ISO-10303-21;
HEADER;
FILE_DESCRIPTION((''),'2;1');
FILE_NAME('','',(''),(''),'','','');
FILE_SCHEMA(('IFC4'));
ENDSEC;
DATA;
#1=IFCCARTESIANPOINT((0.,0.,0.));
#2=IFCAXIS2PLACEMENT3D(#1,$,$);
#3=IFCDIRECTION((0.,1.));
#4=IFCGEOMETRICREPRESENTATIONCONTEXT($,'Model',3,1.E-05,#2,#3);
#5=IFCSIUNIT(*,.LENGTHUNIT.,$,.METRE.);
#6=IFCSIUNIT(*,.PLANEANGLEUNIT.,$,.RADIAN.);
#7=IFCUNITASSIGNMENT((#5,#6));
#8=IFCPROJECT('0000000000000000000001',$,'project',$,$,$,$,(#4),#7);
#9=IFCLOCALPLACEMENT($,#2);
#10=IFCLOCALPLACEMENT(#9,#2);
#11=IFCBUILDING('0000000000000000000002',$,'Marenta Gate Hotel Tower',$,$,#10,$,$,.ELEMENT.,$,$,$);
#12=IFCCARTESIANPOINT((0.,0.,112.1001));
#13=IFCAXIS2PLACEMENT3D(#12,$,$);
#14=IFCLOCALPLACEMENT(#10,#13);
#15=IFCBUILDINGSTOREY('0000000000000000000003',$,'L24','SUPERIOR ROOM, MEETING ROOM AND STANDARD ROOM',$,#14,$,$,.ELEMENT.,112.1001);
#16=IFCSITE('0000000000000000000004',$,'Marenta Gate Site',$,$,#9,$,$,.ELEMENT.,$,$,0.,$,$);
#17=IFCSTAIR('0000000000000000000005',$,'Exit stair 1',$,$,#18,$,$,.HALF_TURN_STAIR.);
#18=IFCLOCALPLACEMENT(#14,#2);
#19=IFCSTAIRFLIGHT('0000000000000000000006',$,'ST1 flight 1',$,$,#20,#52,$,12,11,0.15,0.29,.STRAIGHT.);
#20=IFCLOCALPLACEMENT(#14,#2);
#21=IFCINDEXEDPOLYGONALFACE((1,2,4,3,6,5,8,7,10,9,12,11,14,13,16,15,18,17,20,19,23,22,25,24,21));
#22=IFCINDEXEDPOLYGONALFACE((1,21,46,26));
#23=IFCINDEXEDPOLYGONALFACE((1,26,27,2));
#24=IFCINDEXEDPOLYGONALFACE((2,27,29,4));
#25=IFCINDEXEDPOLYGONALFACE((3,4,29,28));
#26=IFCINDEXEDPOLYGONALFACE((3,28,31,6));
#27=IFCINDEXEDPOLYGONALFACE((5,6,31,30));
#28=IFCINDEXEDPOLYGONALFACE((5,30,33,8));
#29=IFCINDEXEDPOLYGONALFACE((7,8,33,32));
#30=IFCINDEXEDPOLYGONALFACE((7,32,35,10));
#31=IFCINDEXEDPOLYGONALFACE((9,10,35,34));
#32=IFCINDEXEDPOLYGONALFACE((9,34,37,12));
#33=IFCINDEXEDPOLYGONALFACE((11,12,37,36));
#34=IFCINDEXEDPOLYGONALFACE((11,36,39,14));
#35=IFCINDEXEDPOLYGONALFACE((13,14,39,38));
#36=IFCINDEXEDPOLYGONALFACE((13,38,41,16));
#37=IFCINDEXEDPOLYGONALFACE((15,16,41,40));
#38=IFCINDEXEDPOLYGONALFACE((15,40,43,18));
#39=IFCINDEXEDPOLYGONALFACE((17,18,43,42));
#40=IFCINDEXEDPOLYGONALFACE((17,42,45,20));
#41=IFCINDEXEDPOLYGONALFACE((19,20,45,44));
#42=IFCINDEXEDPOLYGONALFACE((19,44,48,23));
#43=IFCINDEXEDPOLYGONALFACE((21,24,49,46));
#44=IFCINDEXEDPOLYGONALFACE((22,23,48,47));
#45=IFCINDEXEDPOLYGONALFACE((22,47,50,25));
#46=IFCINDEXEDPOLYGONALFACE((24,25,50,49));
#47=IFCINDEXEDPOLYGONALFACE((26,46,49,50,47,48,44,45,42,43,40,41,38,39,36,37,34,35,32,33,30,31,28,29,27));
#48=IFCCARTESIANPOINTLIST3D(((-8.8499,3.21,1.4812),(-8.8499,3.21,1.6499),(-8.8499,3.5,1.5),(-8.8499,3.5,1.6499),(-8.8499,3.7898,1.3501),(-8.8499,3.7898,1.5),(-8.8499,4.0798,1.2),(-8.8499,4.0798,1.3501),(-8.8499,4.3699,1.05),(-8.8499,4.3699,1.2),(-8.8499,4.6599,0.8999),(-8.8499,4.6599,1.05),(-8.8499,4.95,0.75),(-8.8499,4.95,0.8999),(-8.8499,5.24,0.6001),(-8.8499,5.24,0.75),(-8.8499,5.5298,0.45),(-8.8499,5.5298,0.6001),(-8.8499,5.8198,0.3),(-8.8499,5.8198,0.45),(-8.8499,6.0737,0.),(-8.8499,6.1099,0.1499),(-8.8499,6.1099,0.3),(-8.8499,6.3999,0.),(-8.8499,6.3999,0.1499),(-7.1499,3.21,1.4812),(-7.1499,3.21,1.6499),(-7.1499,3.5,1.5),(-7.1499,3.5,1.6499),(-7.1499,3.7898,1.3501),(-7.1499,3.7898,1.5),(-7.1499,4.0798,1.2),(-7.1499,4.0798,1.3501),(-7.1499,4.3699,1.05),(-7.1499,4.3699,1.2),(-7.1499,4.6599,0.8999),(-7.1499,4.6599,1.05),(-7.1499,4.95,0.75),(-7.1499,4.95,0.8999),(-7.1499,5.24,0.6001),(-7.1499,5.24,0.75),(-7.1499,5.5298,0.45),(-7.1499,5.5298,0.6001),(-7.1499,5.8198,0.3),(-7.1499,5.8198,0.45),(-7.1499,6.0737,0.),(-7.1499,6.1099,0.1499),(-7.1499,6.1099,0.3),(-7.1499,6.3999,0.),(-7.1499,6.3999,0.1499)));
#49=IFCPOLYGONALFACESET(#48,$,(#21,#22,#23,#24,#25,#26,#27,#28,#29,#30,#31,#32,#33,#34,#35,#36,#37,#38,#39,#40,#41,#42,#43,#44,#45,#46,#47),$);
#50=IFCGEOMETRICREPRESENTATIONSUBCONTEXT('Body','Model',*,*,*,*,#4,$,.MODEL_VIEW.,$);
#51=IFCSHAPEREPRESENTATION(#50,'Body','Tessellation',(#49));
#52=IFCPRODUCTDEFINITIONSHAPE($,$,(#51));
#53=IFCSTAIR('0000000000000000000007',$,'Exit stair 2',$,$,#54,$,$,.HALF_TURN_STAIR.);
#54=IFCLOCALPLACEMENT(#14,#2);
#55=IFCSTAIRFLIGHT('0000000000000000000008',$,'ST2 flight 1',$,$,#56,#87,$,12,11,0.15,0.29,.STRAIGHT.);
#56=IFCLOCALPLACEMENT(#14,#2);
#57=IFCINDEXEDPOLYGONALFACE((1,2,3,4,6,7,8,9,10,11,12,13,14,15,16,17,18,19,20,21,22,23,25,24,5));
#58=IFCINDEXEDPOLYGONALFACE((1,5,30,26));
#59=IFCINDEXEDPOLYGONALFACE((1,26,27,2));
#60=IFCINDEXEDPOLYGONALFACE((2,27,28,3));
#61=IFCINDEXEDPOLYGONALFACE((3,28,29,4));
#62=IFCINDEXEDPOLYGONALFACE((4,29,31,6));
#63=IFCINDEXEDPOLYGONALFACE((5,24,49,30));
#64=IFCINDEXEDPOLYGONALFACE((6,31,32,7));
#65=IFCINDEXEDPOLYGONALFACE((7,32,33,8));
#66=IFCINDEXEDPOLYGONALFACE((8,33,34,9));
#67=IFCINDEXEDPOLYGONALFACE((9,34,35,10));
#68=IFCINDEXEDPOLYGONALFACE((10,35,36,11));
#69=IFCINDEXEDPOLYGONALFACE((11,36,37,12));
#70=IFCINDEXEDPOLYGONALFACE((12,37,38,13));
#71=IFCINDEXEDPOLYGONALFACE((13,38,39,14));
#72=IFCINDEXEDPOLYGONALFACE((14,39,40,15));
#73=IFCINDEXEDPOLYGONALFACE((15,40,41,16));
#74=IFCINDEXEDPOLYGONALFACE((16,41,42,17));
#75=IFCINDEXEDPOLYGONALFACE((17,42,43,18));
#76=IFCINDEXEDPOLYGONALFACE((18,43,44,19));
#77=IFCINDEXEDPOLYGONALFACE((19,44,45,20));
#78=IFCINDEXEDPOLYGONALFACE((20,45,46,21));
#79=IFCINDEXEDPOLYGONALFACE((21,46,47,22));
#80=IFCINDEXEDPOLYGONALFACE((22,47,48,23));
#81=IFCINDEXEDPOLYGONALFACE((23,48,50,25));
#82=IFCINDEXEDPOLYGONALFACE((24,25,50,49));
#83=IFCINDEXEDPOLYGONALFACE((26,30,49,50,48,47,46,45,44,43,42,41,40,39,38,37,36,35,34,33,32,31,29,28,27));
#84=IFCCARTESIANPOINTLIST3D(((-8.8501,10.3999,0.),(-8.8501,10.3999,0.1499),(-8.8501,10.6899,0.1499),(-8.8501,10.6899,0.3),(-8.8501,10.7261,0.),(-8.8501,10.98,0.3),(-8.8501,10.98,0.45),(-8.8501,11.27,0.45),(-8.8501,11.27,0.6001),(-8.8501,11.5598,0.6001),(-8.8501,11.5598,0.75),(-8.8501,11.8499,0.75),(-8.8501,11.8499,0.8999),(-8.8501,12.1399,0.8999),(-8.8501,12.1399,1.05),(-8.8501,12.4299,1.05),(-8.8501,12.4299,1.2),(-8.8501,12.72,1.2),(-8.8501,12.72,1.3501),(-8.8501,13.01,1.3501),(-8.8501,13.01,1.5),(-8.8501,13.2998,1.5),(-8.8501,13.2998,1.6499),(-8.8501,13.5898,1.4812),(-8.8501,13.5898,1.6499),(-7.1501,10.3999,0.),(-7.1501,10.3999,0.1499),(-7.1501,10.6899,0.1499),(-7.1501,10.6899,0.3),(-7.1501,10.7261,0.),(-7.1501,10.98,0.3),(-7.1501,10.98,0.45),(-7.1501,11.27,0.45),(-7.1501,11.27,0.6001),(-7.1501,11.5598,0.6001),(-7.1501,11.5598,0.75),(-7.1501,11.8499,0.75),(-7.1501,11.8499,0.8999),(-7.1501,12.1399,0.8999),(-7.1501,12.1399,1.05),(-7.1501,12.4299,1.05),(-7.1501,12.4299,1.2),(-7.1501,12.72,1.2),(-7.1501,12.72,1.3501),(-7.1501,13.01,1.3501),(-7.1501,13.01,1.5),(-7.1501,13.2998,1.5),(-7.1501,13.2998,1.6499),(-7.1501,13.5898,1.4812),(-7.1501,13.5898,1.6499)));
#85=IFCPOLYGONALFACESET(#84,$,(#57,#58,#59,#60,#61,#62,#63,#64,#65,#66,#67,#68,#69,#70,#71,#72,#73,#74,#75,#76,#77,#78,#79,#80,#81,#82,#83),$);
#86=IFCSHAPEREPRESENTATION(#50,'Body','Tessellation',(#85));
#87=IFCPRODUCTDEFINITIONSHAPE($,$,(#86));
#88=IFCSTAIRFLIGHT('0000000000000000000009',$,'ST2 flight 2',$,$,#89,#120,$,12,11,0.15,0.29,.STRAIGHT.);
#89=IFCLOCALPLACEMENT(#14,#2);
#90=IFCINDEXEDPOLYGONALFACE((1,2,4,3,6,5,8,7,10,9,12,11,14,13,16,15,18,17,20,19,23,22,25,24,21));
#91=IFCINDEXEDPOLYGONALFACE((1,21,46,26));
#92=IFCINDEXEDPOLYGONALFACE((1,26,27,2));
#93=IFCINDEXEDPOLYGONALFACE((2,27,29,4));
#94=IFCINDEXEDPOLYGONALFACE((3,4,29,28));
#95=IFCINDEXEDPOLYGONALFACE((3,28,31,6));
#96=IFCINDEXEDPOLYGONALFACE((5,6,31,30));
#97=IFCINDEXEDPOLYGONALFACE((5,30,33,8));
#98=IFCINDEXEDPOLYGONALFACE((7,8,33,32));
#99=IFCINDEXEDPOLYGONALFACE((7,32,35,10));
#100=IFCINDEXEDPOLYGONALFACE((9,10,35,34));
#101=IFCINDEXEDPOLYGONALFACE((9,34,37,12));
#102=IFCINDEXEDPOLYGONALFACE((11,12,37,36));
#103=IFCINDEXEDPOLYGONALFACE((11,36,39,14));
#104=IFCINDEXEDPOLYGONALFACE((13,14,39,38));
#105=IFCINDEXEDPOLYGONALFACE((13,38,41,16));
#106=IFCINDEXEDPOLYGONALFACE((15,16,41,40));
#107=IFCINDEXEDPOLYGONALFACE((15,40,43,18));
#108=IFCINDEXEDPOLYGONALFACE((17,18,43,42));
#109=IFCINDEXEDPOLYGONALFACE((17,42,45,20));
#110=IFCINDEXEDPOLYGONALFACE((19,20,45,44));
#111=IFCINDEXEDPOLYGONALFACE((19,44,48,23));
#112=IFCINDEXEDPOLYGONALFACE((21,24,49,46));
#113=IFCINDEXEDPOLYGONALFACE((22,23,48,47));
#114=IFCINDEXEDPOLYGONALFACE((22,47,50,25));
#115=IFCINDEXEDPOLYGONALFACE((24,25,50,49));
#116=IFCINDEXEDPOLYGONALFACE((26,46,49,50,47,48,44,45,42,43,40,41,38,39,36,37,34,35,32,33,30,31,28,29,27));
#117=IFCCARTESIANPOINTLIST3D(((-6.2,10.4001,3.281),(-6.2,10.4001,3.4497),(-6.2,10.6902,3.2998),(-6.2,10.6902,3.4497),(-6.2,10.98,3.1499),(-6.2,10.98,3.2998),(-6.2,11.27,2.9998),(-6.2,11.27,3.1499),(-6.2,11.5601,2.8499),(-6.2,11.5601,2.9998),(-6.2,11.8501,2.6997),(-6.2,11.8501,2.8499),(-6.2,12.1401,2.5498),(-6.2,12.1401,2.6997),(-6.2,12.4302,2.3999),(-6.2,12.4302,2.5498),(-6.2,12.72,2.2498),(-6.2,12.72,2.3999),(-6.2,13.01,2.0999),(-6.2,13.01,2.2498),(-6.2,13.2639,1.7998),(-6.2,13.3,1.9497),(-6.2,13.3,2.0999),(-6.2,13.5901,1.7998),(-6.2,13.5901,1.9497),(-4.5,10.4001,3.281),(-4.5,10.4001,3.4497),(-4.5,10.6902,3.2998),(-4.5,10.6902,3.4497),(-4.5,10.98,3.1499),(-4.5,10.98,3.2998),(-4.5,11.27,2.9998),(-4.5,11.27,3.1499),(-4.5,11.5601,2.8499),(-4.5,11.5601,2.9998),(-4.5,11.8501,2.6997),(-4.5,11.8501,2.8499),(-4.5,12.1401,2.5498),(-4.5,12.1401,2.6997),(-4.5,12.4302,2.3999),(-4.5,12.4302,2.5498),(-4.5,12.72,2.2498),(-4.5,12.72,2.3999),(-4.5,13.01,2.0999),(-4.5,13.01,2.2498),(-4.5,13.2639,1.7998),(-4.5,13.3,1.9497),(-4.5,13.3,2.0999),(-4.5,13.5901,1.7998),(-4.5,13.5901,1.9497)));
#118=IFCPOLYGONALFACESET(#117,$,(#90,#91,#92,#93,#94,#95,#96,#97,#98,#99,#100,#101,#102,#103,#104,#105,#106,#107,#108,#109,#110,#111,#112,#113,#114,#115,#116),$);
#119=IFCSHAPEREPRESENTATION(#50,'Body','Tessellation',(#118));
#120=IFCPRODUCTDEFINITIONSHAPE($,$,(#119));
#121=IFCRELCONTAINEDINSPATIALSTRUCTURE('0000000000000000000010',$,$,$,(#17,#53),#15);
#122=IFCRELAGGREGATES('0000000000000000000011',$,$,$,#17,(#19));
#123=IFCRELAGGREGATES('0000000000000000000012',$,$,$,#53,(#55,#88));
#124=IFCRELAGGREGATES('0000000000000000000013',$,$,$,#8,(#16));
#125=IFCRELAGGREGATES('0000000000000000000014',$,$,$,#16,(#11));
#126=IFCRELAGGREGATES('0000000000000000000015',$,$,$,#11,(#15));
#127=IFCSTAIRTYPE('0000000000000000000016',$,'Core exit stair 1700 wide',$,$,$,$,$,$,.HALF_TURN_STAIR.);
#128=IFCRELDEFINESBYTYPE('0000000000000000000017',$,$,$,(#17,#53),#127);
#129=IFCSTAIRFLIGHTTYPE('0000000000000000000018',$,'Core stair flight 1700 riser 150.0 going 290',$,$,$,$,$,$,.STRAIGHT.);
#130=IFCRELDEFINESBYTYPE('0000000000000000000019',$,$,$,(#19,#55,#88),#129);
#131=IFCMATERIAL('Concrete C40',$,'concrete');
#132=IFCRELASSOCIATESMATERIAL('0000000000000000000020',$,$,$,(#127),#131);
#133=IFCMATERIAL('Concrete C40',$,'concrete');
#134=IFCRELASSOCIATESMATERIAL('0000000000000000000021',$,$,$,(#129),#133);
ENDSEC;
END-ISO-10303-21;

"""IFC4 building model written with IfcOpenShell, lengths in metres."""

from ifc_helpers import new_model, si_unit, direction, frame, origin, place, context, subcontext, project, spatial, polyline, outline, extrude, material, type_object, element, aggregate, save


model = new_model("IFC4")

# Units and contexts
model_context = context("Model", 3, precision=1e-05, world=origin(), true_north=direction((0.0, 1.0)))
body_context = subcontext(model_context, "Body", "Model", "MODEL_VIEW")
ifc_project = project(units=[si_unit("LENGTHUNIT", "METRE"), si_unit("PLANEANGLEUNIT", "RADIAN")], contexts=[model_context])

# Site, building, storey
site_placement = place(None, origin())
site = spatial("IfcSite", under=ifc_project, at=site_placement, Name="Marenta Gate Site", CompositionType="ELEMENT", RefElevation=0.0)
building_placement = place(site_placement, origin())
building = spatial("IfcBuilding", under=site, at=building_placement, Name="Marenta Gate Hotel Tower", CompositionType="ELEMENT")
storey_placement = place(building_placement, frame((0.0, 0.0, 112.1001)))
storey = spatial("IfcBuildingStorey", under=building, at=storey_placement, Name="L24", Description="SUPERIOR ROOM, MEETING ROOM AND STANDARD ROOM", CompositionType="ELEMENT", Elevation=112.1001)

# Stair, stair flight
ifc_material_1 = material(Name="Concrete C40", Category="concrete")
stair_type = type_object("IfcStairType", Name="Core exit stair 1700 wide", PredefinedType="HALF_TURN_STAIR", material=ifc_material_1)
stair_1_placement = place(storey_placement, origin())
stair_1 = element("IfcStair", 1, at=stair_1_placement, inside=storey, type_object=stair_type, Name="Exit stair 1", PredefinedType="HALF_TURN_STAIR")
ifc_material_2 = material(Name="Concrete C40", Category="concrete")
stair_flight_type = type_object("IfcStairFlightType", Name="Core stair flight 1700 riser 150.0 going 290", PredefinedType="STRAIGHT", material=ifc_material_2)
stair_flight_1_placement = place(storey_placement, frame((-8.0, 6.3999, 0.0), z_axis=(0.0, 0.0, 1.0), x_axis=(0.0, -1.0, 0.0)))
stair_flight_1 = element("IfcStairFlight", 2, at=stair_flight_1_placement, type_object=stair_flight_type, Name="ST1 flight 1", NumberOfRisers=12, NumberOfTreads=11, PredefinedType="STRAIGHT", RiserHeight=0.15, TreadLength=0.29, context=body_context, shape_type="SweptSolid", body=[
    extrude(outline(polyline([(0.0, 0.0), (0.0, 0.1499), (0.29, 0.1499), (0.29, 0.3), (0.5801, 0.3), (0.5801, 0.45), (0.8701, 0.45), (0.8701, 0.6001), (1.1599, 0.6001), (1.1599, 0.75), (1.45, 0.75), (1.45, 0.8999), (1.74, 0.8999), (1.74, 1.05), (2.03, 1.05), (2.03, 1.2), (2.3201, 1.2), (2.3201, 1.3501), (2.6101, 1.3501), (2.6101, 1.5), (2.8999, 1.5), (2.8999, 1.6499), (3.1899, 1.6499), (3.1899, 1.8), (3.1899, 1.4812), (0.3262, 0.0), (0.0, 0.0)])), frame((0.0, 0.8501, 0.0), z_axis=(0.0, -1.0, 0.0), x_axis=(1.0, 0.0, 0.0)), (0.0, 0.0, 1.0), 1.7),
])
aggregate(stair_1, [stair_flight_1])

# Stair, stair flights
stair_2_placement = place(storey_placement, origin())
stair_2 = element("IfcStair", 3, at=stair_2_placement, inside=storey, type_object=stair_type, Name="Exit stair 2", PredefinedType="HALF_TURN_STAIR")
stair_flight_2_placement = place(storey_placement, frame((-8.0, 10.3999, 0.0), z_axis=(0.0, 0.0, 1.0), x_axis=(0.0, 1.0, 0.0)))
stair_flight_2 = element("IfcStairFlight", 4, at=stair_flight_2_placement, type_object=stair_flight_type, Name="ST2 flight 1", NumberOfRisers=12, NumberOfTreads=11, PredefinedType="STRAIGHT", RiserHeight=0.15, TreadLength=0.29, context=body_context, shape_type="SweptSolid", body=[
    extrude(outline(polyline([(0.0, 0.0), (0.0, 0.1499), (0.29, 0.1499), (0.29, 0.3), (0.5801, 0.3), (0.5801, 0.45), (0.8701, 0.45), (0.8701, 0.6001), (1.1599, 0.6001), (1.1599, 0.75), (1.45, 0.75), (1.45, 0.8999), (1.74, 0.8999), (1.74, 1.05), (2.03, 1.05), (2.03, 1.2), (2.3201, 1.2), (2.3201, 1.3501), (2.6101, 1.3501), (2.6101, 1.5), (2.8999, 1.5), (2.8999, 1.6499), (3.1899, 1.6499), (3.1899, 1.8), (3.1899, 1.4812), (0.3262, 0.0), (0.0, 0.0)])), frame((0.0, 0.8501, 0.0), z_axis=(0.0, -1.0, 0.0), x_axis=(1.0, 0.0, 0.0)), (0.0, 0.0, 1.0), 1.7),
])
stair_flight_3_placement = place(storey_placement, frame((-5.3501, 13.5901, 1.7998), z_axis=(0.0, 0.0, 1.0), x_axis=(0.0, -1.0, 0.0)))
stair_flight_3 = element("IfcStairFlight", 5, at=stair_flight_3_placement, type_object=stair_flight_type, Name="ST2 flight 2", NumberOfRisers=12, NumberOfTreads=11, PredefinedType="STRAIGHT", RiserHeight=0.15, TreadLength=0.29, context=body_context, shape_type="SweptSolid", body=[
    extrude(outline(polyline([(0.0, 0.0), (0.0, 0.1499), (0.29, 0.1499), (0.29, 0.3), (0.5801, 0.3), (0.5801, 0.45), (0.8701, 0.45), (0.8701, 0.6001), (1.1599, 0.6001), (1.1599, 0.75), (1.45, 0.75), (1.45, 0.8999), (1.74, 0.8999), (1.74, 1.05), (2.03, 1.05), (2.03, 1.2), (2.3201, 1.2), (2.3201, 1.3501), (2.6101, 1.3501), (2.6101, 1.5), (2.8999, 1.5), (2.8999, 1.6499), (3.1899, 1.6499), (3.1899, 1.8), (3.1899, 1.4812), (0.3262, 0.0), (0.0, 0.0)])), frame((0.0, 0.8501, 0.0), z_axis=(0.0, -1.0, 0.0), x_axis=(1.0, 0.0, 0.0)), (0.0, 0.0, 1.0), 1.7),
])
aggregate(stair_2, [stair_flight_2, stair_flight_3])

save(model, "model.ifc")
